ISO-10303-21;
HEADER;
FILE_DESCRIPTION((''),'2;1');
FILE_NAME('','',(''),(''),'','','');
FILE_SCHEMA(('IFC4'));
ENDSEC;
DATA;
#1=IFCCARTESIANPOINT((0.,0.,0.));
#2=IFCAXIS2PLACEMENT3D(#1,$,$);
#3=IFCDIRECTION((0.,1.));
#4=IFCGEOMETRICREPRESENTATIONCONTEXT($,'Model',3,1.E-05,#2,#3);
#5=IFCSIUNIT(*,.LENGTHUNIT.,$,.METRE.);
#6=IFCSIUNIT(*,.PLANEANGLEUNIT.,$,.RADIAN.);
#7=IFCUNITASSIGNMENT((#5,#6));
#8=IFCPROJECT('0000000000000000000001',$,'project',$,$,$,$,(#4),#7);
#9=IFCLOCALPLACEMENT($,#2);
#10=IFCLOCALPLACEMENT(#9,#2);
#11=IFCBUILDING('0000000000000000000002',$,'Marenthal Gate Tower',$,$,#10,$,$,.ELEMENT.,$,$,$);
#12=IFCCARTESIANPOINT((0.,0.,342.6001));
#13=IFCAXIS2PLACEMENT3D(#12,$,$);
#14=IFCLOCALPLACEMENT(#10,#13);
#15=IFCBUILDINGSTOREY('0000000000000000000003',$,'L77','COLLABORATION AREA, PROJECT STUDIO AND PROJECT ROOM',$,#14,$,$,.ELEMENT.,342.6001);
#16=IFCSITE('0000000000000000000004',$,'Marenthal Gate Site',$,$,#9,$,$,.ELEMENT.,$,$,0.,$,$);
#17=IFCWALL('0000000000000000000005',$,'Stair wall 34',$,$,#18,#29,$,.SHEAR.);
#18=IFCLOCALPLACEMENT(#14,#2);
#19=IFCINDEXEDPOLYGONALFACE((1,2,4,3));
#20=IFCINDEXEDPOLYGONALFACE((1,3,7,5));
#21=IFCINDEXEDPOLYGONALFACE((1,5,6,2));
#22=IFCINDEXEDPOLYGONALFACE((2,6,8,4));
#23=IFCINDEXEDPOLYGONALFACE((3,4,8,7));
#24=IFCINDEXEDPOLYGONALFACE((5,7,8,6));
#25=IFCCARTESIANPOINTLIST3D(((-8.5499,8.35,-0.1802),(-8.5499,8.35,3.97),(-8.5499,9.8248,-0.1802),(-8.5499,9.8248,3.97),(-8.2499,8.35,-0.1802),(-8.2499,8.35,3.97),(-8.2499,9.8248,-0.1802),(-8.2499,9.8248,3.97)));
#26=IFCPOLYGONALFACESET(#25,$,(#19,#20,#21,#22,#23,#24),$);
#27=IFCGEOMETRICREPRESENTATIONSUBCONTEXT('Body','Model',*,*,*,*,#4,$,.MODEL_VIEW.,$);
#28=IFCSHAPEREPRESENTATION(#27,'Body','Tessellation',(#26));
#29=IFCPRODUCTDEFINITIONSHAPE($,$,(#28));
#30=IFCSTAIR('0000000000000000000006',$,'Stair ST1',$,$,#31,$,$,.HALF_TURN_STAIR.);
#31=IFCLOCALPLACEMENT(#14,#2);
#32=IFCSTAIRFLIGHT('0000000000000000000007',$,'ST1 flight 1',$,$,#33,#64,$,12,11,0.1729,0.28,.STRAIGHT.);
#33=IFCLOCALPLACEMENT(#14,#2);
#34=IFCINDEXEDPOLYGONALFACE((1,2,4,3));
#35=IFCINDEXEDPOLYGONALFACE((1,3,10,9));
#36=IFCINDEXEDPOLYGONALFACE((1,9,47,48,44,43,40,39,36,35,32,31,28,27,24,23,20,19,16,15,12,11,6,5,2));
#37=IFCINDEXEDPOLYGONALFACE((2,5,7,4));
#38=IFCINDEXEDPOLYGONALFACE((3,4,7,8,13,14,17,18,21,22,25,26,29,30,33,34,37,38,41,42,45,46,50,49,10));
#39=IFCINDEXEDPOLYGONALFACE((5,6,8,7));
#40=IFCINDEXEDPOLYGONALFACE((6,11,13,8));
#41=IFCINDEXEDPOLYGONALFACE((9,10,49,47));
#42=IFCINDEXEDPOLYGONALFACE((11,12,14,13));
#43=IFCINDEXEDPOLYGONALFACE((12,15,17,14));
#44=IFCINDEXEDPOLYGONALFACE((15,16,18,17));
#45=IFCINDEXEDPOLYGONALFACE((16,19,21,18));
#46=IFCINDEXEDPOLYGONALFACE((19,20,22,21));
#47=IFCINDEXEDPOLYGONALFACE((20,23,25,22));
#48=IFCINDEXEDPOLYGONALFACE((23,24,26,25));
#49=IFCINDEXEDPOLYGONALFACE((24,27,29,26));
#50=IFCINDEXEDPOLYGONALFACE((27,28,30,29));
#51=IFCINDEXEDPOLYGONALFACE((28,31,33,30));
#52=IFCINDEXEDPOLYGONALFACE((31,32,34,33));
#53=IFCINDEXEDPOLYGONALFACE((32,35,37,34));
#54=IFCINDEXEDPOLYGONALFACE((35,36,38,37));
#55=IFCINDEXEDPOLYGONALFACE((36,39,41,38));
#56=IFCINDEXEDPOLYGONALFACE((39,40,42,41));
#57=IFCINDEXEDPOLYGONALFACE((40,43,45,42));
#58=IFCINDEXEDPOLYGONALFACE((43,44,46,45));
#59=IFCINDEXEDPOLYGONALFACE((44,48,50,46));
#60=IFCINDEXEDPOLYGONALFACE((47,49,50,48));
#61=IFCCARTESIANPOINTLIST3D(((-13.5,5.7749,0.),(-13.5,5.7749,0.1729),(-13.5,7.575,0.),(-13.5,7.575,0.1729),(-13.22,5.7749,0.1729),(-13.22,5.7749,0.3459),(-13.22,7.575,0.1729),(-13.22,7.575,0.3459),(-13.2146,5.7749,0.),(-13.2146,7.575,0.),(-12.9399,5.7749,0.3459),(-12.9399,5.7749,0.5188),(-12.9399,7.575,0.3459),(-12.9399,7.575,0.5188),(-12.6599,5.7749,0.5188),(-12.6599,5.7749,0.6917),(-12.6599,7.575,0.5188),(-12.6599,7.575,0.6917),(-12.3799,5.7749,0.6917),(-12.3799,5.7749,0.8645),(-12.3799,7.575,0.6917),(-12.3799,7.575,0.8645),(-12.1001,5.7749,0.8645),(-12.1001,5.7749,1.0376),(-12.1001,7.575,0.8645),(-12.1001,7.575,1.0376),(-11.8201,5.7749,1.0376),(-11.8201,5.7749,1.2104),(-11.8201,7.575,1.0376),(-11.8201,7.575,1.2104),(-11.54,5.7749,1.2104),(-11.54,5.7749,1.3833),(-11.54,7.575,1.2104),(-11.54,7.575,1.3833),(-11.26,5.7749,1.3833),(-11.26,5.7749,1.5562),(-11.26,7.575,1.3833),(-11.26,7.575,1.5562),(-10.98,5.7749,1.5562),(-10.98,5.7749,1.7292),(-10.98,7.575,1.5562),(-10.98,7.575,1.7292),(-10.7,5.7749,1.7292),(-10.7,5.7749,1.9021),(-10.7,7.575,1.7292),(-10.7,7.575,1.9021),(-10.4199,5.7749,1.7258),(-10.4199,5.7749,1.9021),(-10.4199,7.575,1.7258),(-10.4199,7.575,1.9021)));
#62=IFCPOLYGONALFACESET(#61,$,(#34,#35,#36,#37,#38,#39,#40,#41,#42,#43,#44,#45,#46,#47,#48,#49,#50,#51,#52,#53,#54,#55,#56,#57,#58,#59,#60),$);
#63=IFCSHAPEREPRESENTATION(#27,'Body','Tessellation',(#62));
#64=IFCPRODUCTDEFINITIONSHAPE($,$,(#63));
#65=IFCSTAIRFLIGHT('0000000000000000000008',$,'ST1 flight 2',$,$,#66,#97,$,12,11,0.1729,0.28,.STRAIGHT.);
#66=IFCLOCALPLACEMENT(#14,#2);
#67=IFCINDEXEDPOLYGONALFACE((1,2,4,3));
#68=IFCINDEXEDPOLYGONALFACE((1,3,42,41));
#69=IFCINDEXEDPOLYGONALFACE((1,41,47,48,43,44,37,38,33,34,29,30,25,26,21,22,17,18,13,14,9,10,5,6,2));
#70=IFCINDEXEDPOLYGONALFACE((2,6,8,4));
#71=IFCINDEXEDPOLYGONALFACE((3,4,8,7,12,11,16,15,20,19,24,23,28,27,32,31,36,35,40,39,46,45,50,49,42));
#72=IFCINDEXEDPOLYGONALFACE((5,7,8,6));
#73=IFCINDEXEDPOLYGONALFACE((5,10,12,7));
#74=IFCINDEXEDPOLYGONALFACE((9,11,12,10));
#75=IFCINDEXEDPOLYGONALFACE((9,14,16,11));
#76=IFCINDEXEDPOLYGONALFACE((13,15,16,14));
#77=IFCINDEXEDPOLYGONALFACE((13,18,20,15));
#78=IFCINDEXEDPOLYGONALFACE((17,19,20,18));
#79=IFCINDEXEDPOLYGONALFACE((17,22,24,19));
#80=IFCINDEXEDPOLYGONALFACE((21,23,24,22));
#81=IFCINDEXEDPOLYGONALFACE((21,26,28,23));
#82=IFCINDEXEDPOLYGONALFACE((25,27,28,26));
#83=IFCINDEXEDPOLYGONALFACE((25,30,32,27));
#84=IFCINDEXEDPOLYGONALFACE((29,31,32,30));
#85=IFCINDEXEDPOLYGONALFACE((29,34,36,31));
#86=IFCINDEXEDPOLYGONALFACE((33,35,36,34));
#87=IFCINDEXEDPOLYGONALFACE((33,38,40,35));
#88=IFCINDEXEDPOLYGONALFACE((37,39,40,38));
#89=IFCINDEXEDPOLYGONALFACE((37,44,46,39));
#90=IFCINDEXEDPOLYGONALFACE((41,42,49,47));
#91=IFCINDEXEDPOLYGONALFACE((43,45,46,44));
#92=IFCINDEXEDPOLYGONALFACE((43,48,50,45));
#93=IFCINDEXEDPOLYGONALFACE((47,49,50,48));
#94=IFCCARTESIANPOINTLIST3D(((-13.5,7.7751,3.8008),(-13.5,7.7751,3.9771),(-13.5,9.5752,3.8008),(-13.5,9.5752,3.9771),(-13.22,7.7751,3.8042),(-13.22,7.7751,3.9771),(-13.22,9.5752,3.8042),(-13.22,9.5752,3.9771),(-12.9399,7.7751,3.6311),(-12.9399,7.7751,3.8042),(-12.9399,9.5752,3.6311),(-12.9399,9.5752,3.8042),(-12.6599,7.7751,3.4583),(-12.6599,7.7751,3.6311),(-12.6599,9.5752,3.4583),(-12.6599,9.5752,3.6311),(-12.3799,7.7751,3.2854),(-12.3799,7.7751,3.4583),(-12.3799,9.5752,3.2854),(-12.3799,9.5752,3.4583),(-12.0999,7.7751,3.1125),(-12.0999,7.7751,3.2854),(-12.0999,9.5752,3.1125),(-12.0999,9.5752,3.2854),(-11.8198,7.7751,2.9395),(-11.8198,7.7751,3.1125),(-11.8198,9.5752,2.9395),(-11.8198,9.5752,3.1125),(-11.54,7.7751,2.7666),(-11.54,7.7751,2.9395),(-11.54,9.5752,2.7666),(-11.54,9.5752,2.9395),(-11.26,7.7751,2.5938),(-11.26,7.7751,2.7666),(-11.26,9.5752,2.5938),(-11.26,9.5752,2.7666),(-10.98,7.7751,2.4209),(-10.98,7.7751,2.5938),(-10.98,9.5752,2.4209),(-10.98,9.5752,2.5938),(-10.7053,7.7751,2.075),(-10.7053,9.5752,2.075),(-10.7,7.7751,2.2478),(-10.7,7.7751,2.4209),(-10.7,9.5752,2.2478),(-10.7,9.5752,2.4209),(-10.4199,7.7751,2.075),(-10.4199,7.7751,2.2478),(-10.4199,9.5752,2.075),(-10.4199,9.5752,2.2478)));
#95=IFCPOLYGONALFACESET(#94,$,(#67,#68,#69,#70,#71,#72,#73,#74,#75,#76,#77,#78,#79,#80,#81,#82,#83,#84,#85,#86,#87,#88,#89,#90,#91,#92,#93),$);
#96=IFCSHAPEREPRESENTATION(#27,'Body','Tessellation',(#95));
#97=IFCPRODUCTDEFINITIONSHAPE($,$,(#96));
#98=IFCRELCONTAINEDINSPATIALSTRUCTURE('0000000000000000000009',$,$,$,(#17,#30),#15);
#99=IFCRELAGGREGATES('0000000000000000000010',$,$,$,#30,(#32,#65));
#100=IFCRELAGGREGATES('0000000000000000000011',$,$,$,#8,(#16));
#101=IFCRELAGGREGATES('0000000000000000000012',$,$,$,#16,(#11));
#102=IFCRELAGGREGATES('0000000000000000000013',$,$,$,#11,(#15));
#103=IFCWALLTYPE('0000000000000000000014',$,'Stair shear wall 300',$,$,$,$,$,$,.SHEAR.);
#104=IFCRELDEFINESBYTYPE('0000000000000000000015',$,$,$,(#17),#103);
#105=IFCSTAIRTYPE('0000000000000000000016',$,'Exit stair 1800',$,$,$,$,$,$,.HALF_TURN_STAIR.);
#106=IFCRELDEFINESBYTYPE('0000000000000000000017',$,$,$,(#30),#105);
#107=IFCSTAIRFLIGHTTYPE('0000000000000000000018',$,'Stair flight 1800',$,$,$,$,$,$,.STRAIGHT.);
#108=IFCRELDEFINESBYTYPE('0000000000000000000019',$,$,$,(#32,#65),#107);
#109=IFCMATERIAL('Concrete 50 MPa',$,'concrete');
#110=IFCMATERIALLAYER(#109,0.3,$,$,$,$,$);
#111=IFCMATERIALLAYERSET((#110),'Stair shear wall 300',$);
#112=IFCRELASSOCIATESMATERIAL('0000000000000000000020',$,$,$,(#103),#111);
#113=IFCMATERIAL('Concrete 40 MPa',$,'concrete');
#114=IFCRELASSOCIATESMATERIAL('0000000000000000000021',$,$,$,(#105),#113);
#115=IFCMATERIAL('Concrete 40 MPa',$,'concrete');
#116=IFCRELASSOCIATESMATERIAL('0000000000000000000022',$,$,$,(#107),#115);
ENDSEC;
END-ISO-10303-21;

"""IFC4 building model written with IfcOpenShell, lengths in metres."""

from ifc_helpers import new_model, si_unit, direction, frame, frame_2d, origin, place, context, subcontext, project, spatial, polyline, rectangle, outline, extrude, material, layer, layer_set, type_object, element, aggregate, save


model = new_model("IFC4")

# Units and contexts
model_context = context("Model", 3, precision=1e-05, world=origin(), true_north=direction((0.0, 1.0)))
body_context = subcontext(model_context, "Body", "Model", "MODEL_VIEW")
ifc_project = project(units=[si_unit("LENGTHUNIT", "METRE"), si_unit("PLANEANGLEUNIT", "RADIAN")], contexts=[model_context])

# Site, building, storey
site_placement = place(None, origin())
site = spatial("IfcSite", under=ifc_project, at=site_placement, Name="Marenthal Gate Site", CompositionType="ELEMENT", RefElevation=0.0)
building_placement = place(site_placement, origin())
building = spatial("IfcBuilding", under=site, at=building_placement, Name="Marenthal Gate Tower", CompositionType="ELEMENT")
storey_placement = place(building_placement, frame((0.0, 0.0, 342.6001)))
storey = spatial("IfcBuildingStorey", under=building, at=storey_placement, Name="L77", Description="COLLABORATION AREA, PROJECT STUDIO AND PROJECT ROOM", CompositionType="ELEMENT", Elevation=342.6001)

# Wall
ifc_material_1 = material(Name="Concrete 50 MPa", Category="concrete")
ifc_layer_1 = layer(ifc_material_1, 0.3)
ifc_layer_set_1 = layer_set([ifc_layer_1], Name="Stair shear wall 300")
wall_type_1 = type_object("IfcWallType", Name="Stair shear wall 300", PredefinedType="SHEAR", material=ifc_layer_set_1)
wall_1_placement = place(storey_placement, frame((-8.3999, 8.3501, -0.1802), z_axis=(0.0, 0.0, 1.0), x_axis=(0.0, 1.0, 0.0)))
element("IfcWall", 1, at=wall_1_placement, inside=storey, type_object=wall_type_1, Name="Stair wall 34", PredefinedType="SHEAR", context=body_context, shape_type="SweptSolid", body=[
    extrude(rectangle(XDim=1.4749, YDim=0.3, at=frame_2d((0.7373, 0.0))), origin(), (0.0, 0.0, 1.0), 4.1501),
])

# Stair, stair flights
ifc_material_2 = material(Name="Concrete 40 MPa", Category="concrete")
stair_type = type_object("IfcStairType", Name="Exit stair 1800", PredefinedType="HALF_TURN_STAIR", material=ifc_material_2)
stair_placement = place(storey_placement, origin())
stair = element("IfcStair", 2, at=stair_placement, inside=storey, type_object=stair_type, Name="Stair ST1", PredefinedType="HALF_TURN_STAIR")
ifc_material_3 = material(Name="Concrete 40 MPa", Category="concrete")
stair_flight_type = type_object("IfcStairFlightType", Name="Stair flight 1800", PredefinedType="STRAIGHT", material=ifc_material_3)
stair_flight_1_placement = place(storey_placement, frame((-13.5, 6.675, 0.0), z_axis=(0.0, 0.0, 1.0), x_axis=(1.0, 0.0, 0.0)))
stair_flight_1 = element("IfcStairFlight", 3, at=stair_flight_1_placement, type_object=stair_flight_type, Name="ST1 flight 1", NumberOfRisers=12, NumberOfTreads=11, PredefinedType="STRAIGHT", RiserHeight=0.1729, TreadLength=0.28, context=body_context, shape_type="SweptSolid", body=[
    extrude(outline(polyline([(0.0, 0.0), (0.0, 0.1729), (0.28, 0.1729), (0.28, 0.3459), (0.5601, 0.3459), (0.5601, 0.5188), (0.8401, 0.5188), (0.8401, 0.6917), (1.1201, 0.6917), (1.1201, 0.8645), (1.3999, 0.8645), (1.3999, 1.0376), (1.6799, 1.0376), (1.6799, 1.2104), (1.96, 1.2104), (1.96, 1.3833), (2.24, 1.3833), (2.24, 1.5562), (2.52, 1.5562), (2.52, 1.7292), (2.8, 1.7292), (2.8, 1.9021), (3.0801, 1.9021), (3.0801, 2.075), (3.0801, 1.7258), (0.2854, 0.0), (0.0, 0.0)])), frame((0.0, 0.8999, 0.0), z_axis=(0.0, -1.0, 0.0), x_axis=(1.0, 0.0, 0.0)), (0.0, 0.0, 1.0), 1.8),
])
stair_flight_2_placement = place(storey_placement, frame((-10.4199, 8.675, 2.075), z_axis=(0.0, 0.0, 1.0), x_axis=(-1.0, 0.0, 0.0)))
stair_flight_2 = element("IfcStairFlight", 4, at=stair_flight_2_placement, type_object=stair_flight_type, Name="ST1 flight 2", NumberOfRisers=12, NumberOfTreads=11, PredefinedType="STRAIGHT", RiserHeight=0.1729, TreadLength=0.28, context=body_context, shape_type="SweptSolid", body=[
    extrude(outline(polyline([(0.0, 0.0), (0.0, 0.1729), (0.28, 0.1729), (0.28, 0.3459), (0.5601, 0.3459), (0.5601, 0.5188), (0.8401, 0.5188), (0.8401, 0.6917), (1.1201, 0.6917), (1.1201, 0.8645), (1.3999, 0.8645), (1.3999, 1.0376), (1.6799, 1.0376), (1.6799, 1.2104), (1.96, 1.2104), (1.96, 1.3833), (2.24, 1.3833), (2.24, 1.5562), (2.52, 1.5562), (2.52, 1.7292), (2.8, 1.7292), (2.8, 1.9021), (3.0801, 1.9021), (3.0801, 2.075), (3.0801, 1.7258), (0.2854, 0.0), (0.0, 0.0)])), frame((0.0, 0.8999, 0.0), z_axis=(0.0, -1.0, 0.0), x_axis=(1.0, 0.0, 0.0)), (0.0, 0.0, 1.0), 1.8),
])
aggregate(stair, [stair_flight_1, stair_flight_2])

save(model, "model.ifc")
